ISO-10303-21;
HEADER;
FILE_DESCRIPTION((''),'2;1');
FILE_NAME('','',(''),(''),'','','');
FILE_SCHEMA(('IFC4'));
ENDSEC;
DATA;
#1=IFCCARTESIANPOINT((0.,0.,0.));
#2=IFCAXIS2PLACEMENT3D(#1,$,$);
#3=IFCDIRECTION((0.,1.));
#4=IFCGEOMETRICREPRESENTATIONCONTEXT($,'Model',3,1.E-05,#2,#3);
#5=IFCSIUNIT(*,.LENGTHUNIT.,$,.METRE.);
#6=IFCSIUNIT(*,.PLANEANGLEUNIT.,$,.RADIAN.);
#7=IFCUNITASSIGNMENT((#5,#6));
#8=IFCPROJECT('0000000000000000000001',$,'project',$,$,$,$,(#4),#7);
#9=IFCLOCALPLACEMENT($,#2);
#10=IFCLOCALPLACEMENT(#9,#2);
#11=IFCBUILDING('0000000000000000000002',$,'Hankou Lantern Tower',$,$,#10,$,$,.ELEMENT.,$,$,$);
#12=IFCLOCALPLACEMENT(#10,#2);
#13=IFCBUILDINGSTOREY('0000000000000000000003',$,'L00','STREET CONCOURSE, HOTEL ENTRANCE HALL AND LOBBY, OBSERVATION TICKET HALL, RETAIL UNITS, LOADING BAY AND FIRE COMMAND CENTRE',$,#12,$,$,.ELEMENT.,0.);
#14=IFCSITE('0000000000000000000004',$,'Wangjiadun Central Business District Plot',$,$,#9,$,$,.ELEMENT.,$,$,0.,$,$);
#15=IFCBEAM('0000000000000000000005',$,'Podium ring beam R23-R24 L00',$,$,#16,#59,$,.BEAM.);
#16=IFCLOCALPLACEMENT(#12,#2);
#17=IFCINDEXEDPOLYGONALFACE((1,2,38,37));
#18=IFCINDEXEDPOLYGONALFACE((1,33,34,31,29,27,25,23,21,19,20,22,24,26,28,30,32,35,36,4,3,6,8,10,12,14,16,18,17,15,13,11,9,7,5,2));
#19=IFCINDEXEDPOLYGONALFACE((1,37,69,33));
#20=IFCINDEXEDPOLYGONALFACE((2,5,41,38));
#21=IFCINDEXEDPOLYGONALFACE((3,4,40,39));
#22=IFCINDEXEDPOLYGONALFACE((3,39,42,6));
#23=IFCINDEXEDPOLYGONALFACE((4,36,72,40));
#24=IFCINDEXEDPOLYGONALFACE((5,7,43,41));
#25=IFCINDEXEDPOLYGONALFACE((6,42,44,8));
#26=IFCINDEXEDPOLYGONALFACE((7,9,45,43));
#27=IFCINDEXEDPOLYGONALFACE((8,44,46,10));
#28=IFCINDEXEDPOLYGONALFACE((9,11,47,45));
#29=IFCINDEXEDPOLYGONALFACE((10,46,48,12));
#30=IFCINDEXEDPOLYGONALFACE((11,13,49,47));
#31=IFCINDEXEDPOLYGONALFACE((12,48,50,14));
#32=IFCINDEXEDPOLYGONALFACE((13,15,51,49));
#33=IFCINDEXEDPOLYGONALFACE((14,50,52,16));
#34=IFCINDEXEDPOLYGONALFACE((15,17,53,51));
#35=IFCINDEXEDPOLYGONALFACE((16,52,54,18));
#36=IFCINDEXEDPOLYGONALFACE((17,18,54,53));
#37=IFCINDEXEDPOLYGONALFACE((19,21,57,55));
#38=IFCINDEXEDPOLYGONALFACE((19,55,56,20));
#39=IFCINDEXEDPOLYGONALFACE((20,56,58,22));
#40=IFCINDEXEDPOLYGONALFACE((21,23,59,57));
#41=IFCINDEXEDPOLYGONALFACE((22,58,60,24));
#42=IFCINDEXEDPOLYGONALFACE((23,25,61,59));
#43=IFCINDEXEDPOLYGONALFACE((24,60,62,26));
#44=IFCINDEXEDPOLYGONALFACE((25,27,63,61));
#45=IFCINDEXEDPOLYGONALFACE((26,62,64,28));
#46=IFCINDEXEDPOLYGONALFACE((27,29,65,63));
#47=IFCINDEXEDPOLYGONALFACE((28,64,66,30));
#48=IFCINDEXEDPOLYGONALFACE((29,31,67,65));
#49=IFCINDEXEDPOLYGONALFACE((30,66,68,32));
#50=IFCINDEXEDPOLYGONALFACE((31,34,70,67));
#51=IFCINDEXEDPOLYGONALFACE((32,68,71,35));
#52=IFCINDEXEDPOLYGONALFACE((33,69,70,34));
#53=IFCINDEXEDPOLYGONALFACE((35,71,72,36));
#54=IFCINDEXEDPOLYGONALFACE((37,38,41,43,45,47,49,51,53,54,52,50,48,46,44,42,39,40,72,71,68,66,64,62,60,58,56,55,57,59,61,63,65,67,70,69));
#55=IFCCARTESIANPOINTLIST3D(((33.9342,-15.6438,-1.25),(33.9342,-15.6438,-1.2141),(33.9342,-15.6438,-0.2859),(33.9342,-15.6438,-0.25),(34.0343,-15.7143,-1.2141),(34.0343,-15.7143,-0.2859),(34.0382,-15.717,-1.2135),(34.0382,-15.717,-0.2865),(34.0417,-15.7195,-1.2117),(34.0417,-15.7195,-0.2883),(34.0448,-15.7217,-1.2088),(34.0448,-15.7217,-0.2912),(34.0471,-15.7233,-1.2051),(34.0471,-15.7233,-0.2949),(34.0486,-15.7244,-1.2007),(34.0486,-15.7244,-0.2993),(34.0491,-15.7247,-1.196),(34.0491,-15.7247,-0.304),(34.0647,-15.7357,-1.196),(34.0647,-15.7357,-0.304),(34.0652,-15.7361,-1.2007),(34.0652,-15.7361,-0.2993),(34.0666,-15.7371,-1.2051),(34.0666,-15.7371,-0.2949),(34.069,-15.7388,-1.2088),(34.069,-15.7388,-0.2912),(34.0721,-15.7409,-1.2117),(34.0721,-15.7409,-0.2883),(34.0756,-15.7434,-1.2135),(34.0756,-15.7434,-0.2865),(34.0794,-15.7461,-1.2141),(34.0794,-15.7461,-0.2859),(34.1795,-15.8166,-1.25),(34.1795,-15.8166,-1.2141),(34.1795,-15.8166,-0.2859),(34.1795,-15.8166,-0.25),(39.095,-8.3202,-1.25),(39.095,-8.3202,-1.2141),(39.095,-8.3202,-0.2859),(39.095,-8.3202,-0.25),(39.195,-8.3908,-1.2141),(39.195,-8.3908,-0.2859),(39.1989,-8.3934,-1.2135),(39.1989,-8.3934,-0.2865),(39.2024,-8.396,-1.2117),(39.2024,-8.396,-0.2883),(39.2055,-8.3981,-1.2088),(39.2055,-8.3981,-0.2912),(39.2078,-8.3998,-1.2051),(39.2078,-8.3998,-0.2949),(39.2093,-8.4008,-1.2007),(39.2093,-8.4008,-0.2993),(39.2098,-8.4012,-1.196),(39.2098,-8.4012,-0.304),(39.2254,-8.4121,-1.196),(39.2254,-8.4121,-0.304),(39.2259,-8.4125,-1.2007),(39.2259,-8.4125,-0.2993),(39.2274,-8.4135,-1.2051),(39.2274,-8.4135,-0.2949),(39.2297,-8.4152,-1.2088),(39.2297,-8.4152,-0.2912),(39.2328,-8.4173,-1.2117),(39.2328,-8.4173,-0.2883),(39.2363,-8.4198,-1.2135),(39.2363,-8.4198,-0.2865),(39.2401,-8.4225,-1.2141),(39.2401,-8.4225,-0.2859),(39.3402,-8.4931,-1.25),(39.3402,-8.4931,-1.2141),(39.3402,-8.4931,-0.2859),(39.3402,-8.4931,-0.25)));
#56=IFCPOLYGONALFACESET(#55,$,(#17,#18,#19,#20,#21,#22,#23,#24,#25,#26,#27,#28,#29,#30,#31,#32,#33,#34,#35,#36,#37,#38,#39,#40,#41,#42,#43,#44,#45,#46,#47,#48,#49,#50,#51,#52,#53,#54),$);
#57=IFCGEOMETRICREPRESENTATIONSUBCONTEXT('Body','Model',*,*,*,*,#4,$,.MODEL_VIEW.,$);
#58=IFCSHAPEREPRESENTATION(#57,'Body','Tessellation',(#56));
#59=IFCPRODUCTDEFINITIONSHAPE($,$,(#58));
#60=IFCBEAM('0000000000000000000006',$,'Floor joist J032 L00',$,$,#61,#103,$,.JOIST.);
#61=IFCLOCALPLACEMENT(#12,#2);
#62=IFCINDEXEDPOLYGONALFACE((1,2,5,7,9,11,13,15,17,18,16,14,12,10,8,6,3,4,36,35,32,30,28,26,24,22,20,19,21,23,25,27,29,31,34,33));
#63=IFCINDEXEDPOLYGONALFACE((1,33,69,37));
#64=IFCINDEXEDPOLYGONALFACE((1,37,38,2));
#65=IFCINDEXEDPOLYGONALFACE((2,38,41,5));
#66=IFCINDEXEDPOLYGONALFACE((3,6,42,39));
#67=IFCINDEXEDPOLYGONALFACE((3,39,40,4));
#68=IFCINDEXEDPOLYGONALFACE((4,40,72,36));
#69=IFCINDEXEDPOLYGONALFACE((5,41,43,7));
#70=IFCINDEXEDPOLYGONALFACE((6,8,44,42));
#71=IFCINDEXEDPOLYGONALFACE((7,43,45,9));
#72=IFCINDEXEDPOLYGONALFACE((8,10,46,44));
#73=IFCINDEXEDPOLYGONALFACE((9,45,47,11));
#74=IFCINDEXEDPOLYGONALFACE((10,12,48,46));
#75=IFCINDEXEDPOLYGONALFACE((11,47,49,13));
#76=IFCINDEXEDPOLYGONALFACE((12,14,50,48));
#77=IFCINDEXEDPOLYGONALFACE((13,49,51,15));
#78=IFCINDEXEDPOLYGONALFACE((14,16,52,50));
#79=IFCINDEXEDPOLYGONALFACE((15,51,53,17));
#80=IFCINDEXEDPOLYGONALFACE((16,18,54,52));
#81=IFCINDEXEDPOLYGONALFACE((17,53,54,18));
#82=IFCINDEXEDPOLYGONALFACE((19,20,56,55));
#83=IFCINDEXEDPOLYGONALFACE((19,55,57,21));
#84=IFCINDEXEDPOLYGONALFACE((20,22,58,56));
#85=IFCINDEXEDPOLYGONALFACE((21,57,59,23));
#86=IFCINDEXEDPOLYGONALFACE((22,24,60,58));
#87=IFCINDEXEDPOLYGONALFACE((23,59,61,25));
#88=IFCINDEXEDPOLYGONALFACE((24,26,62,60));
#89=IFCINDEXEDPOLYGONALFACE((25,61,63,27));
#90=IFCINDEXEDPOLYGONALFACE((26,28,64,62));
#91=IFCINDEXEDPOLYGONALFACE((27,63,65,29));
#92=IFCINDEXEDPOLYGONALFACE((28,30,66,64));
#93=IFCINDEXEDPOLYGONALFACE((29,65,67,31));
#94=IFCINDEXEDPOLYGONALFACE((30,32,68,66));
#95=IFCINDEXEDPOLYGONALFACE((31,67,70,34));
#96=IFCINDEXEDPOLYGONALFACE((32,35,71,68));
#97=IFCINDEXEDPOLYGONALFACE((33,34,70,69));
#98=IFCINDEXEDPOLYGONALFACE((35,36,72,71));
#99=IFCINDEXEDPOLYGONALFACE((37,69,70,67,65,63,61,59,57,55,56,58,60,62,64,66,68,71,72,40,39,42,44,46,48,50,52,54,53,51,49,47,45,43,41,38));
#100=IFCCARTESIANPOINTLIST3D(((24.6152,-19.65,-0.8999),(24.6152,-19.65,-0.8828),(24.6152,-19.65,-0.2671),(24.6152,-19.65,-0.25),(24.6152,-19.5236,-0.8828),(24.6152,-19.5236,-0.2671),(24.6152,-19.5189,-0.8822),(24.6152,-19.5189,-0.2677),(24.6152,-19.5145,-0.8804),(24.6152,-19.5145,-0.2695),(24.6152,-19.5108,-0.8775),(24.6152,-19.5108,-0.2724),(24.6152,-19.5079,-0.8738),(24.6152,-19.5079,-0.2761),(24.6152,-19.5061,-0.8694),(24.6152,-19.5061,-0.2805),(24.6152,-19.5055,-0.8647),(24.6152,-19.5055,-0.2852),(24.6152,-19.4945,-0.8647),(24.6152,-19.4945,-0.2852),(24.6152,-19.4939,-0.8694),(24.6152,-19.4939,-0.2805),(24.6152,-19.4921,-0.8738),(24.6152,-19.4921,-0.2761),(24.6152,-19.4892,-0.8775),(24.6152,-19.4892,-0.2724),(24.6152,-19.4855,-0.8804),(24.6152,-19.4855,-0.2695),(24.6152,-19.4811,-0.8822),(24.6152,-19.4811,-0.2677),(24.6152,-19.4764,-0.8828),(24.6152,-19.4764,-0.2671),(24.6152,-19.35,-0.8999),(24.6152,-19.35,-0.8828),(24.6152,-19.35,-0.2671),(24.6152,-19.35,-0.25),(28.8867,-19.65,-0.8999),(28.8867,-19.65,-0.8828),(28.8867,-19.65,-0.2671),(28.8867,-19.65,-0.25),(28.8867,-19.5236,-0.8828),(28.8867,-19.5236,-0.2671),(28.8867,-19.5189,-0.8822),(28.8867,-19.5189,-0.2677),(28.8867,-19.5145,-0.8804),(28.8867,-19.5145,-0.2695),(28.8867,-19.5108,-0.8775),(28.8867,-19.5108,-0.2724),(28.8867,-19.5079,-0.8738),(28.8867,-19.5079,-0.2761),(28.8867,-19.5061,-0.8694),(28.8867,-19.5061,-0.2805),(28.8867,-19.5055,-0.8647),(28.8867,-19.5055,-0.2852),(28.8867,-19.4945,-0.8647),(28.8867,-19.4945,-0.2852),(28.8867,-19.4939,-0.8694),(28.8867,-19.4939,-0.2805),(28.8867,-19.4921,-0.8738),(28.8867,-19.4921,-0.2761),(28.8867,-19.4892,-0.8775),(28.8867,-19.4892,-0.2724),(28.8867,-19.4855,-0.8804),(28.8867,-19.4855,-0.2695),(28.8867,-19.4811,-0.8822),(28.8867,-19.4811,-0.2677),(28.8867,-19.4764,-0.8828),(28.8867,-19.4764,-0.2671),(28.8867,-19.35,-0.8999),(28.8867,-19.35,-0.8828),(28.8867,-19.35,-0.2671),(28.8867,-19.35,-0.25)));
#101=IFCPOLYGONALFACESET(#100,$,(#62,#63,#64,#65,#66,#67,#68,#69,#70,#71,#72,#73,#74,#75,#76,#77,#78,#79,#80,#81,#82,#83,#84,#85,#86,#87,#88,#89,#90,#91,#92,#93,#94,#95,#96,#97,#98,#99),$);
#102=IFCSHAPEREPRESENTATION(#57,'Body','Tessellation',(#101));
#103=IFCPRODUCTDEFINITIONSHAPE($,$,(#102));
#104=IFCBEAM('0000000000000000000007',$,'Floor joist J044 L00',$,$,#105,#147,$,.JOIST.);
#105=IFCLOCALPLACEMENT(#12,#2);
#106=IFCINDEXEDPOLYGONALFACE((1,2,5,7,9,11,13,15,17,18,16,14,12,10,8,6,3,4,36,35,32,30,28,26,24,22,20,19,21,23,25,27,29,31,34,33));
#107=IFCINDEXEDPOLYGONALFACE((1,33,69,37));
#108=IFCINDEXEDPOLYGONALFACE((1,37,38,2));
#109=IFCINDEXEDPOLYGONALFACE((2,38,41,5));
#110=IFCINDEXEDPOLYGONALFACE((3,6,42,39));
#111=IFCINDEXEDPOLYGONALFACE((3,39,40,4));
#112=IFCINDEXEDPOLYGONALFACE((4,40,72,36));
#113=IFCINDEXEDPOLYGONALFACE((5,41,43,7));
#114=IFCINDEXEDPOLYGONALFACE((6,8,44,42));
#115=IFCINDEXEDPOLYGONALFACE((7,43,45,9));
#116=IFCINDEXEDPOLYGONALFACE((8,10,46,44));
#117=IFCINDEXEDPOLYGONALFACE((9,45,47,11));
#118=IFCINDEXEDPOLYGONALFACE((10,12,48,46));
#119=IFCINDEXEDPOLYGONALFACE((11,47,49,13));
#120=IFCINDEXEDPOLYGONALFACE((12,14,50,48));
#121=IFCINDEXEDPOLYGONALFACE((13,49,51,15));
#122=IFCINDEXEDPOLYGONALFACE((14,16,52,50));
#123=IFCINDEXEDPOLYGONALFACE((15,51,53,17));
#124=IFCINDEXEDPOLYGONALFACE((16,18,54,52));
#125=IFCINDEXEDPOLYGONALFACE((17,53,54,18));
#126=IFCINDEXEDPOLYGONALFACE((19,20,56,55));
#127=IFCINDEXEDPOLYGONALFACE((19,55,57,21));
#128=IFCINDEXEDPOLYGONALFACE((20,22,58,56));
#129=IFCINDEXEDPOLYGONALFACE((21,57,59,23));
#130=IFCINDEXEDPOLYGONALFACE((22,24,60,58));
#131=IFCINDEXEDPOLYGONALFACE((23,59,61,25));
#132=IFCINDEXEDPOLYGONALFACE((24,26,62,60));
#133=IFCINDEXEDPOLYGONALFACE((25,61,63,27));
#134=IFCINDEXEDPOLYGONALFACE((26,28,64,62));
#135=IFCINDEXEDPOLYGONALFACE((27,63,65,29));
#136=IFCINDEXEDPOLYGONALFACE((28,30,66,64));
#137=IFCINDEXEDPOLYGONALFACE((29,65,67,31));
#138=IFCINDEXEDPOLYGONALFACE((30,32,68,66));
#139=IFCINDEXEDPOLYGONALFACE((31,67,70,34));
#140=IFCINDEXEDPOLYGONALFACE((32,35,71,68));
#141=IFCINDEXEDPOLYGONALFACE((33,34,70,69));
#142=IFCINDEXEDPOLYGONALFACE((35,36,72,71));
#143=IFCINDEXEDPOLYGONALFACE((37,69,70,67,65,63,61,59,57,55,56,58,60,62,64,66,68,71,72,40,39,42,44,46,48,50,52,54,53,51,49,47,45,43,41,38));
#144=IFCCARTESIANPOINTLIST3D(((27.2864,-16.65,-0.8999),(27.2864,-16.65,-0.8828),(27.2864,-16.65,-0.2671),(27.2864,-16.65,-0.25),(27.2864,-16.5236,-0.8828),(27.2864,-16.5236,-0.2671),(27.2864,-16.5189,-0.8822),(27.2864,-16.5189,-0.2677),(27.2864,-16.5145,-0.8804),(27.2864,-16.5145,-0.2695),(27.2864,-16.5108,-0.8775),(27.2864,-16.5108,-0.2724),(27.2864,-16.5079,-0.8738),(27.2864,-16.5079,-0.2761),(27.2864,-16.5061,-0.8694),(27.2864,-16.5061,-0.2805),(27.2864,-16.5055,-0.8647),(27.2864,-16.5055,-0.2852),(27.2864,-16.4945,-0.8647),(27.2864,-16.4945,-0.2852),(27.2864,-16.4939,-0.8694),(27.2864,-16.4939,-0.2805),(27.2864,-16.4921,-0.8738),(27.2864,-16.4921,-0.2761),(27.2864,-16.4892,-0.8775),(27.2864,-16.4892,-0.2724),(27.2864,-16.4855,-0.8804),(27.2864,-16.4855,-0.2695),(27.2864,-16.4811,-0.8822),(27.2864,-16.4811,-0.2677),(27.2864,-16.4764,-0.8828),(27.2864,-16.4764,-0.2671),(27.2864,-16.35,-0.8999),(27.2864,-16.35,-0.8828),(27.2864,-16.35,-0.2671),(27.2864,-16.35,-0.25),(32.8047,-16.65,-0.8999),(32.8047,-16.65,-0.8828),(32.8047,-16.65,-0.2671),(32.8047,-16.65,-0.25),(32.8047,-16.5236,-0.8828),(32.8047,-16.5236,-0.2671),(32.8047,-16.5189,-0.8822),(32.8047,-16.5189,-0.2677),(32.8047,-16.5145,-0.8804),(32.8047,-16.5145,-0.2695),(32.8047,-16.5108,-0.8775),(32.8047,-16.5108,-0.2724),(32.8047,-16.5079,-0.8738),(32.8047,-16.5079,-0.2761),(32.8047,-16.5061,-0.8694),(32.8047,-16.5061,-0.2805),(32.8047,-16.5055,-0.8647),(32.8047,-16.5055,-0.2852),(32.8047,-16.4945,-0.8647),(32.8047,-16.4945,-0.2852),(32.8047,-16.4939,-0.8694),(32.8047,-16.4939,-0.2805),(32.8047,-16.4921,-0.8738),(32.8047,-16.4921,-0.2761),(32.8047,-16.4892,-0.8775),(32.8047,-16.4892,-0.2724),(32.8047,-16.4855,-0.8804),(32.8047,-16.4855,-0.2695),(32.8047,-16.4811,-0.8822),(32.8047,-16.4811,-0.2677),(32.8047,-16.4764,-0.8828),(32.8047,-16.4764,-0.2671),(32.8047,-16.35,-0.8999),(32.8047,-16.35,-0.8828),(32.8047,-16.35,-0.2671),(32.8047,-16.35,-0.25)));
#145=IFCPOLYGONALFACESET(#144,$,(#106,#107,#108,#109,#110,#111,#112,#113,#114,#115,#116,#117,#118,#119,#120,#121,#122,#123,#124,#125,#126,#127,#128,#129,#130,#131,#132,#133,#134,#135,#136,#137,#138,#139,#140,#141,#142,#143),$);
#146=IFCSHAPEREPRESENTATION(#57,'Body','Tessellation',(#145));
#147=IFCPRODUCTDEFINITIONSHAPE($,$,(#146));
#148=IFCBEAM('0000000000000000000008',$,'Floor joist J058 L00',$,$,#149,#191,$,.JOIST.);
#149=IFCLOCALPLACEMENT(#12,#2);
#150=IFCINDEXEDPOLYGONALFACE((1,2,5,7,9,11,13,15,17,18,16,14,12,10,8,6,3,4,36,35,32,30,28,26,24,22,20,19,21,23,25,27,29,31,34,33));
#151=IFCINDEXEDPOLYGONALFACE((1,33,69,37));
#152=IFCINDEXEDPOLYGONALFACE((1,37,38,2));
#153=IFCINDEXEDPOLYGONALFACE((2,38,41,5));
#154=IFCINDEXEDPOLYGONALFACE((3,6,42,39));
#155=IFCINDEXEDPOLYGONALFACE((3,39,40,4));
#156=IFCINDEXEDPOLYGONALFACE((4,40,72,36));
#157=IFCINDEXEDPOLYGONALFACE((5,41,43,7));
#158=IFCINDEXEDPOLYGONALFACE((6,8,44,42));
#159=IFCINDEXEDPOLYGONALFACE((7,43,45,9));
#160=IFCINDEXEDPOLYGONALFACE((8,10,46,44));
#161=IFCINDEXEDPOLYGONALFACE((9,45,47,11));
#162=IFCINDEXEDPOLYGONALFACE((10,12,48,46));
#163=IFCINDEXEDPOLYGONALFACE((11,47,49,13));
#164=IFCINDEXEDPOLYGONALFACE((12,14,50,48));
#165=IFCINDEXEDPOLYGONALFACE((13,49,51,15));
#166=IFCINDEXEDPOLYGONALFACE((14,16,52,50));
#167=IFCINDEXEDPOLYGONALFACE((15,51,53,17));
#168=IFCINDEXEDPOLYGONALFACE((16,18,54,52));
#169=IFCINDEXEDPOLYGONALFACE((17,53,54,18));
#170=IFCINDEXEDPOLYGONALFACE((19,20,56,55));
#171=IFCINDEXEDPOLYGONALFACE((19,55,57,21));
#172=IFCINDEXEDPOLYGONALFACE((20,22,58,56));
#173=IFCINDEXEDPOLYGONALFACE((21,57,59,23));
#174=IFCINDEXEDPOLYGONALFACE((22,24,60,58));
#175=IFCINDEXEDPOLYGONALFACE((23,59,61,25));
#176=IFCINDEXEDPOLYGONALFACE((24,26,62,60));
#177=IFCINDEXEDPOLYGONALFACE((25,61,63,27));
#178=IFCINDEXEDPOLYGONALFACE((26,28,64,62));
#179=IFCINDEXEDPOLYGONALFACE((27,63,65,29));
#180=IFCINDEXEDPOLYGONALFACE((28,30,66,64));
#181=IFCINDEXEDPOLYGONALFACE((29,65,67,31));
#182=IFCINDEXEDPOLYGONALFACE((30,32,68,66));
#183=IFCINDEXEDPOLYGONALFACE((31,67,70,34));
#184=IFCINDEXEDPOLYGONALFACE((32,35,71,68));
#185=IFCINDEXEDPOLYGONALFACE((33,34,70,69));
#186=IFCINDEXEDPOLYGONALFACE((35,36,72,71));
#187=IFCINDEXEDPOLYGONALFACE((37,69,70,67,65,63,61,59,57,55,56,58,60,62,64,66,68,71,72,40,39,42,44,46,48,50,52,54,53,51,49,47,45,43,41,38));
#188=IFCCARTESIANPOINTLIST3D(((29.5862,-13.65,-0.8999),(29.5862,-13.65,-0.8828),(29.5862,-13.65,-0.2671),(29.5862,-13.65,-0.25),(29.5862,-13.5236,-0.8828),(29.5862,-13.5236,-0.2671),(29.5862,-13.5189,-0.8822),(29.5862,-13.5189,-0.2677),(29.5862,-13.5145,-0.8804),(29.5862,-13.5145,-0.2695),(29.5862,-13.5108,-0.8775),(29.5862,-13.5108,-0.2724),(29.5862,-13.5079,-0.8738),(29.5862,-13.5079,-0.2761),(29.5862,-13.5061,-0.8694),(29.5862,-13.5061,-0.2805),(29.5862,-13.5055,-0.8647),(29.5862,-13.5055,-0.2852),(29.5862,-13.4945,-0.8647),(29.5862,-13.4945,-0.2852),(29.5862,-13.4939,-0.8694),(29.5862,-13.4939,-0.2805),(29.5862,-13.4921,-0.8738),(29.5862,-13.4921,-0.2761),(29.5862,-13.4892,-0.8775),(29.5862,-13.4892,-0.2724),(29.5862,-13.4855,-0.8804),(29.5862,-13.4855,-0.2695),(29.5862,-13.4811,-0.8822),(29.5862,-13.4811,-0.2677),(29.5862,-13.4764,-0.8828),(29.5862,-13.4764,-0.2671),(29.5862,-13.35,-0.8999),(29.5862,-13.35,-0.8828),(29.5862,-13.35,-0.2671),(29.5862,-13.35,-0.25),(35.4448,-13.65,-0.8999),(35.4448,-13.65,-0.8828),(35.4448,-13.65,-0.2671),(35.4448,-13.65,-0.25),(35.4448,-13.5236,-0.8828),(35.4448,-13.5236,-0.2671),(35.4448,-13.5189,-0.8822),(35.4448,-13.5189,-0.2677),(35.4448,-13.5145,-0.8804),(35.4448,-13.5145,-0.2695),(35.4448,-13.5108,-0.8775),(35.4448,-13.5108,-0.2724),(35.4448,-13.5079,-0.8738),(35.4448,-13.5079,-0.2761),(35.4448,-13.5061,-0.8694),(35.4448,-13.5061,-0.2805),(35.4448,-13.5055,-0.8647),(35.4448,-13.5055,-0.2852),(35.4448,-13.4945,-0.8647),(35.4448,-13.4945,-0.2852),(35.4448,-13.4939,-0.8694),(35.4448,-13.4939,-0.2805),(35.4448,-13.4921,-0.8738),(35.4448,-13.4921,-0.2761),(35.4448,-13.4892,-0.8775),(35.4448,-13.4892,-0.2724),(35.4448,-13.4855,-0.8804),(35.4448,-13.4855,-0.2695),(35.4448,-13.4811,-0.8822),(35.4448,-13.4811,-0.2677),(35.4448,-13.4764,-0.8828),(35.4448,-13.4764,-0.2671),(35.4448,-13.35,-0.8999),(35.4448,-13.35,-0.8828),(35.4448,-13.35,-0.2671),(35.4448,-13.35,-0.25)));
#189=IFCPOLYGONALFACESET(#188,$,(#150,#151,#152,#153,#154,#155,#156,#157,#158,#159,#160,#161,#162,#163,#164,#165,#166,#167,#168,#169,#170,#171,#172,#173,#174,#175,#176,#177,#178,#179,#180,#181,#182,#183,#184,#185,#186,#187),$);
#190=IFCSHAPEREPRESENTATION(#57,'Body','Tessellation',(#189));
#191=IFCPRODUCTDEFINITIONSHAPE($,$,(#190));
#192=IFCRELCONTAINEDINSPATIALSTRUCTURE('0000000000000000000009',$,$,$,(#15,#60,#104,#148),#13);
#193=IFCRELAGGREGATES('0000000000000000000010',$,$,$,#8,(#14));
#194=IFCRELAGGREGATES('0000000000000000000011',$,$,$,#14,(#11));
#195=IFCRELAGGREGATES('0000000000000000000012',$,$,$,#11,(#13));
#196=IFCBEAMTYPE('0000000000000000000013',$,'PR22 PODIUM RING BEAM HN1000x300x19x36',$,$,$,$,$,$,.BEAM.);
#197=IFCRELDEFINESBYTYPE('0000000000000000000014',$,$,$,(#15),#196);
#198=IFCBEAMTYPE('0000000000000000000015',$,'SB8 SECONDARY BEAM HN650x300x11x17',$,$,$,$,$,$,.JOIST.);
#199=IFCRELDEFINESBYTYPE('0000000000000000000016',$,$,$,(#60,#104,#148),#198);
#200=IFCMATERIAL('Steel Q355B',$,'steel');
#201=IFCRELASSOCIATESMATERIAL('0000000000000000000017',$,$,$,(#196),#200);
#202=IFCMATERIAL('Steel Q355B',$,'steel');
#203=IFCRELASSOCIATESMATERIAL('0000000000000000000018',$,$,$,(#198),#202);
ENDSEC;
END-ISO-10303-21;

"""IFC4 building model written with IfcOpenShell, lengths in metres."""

from ifc_helpers import new_model, si_unit, direction, frame, origin, origin_2d, place, context, subcontext, project, spatial, i_section, extrude, material, material_profile, profile_set, type_object, element, save


model = new_model("IFC4")

# Units and contexts
model_context = context("Model", 3, precision=1e-05, world=origin(), true_north=direction((0.0, 1.0)))
body_context = subcontext(model_context, "Body", "Model", "MODEL_VIEW")
ifc_project = project(units=[si_unit("LENGTHUNIT", "METRE"), si_unit("PLANEANGLEUNIT", "RADIAN")], contexts=[model_context])

# Site, building, storey
site_placement = place(None, origin())
site = spatial("IfcSite", under=ifc_project, at=site_placement, Name="Wangjiadun Central Business District Plot", CompositionType="ELEMENT", RefElevation=0.0)
building_placement = place(site_placement, origin())
building = spatial("IfcBuilding", under=site, at=building_placement, Name="Hankou Lantern Tower", CompositionType="ELEMENT")
storey_placement = place(building_placement, origin())
storey = spatial("IfcBuildingStorey", under=building, at=storey_placement, Name="L00", Description="STREET CONCOURSE, HOTEL ENTRANCE HALL AND LOBBY, OBSERVATION TICKET HALL, RETAIL UNITS, LOADING BAY AND FIRE COMMAND CENTRE", CompositionType="ELEMENT", Elevation=0.0)

# Beams
ifc_material_1 = material(Name="Steel Q355B", Category="steel")
ifc_material_profile_1 = material_profile(ifc_material_1, i_section(OverallWidth=0.3, OverallDepth=1.0, WebThickness=0.019, FlangeThickness=0.0359, FilletRadius=0.0181, at=origin_2d()), Name="HN1000x300x19x36")
ifc_profile_set_1 = profile_set([ifc_material_profile_1], Name="Steel Q355B")
beam_type_1 = type_object("IfcBeamType", Name="PR22 PODIUM RING BEAM HN1000x300x19x36", PredefinedType="BEAM", material=ifc_profile_set_1)
beam_1_placement = place(storey_placement, frame((34.0569, -15.7302, -0.75), z_axis=(0.576022, 0.817434, 0.0), x_axis=(-0.817434, 0.576022, 0.0)))
element("IfcBeam", 1, at=beam_1_placement, inside=storey, type_object=beam_type_1, Name="Podium ring beam R23-R24 L00", PredefinedType="BEAM", context=body_context, shape_type="SweptSolid", body=[
    extrude(i_section(OverallWidth=0.3, OverallDepth=1.0, WebThickness=0.019, FlangeThickness=0.0359, FilletRadius=0.0181, at=origin_2d()), origin(), (0.0, 0.0, 1.0), 8.9592),
])
ifc_material_2 = material(Name="Steel Q355B", Category="steel")
ifc_material_profile_2 = material_profile(ifc_material_2, i_section(OverallWidth=0.3, OverallDepth=0.6499, WebThickness=0.011, FlangeThickness=0.0171, FilletRadius=0.0181, at=origin_2d()), Name="HN650x300x11x17")
ifc_profile_set_2 = profile_set([ifc_material_profile_2], Name="Steel Q355B")
beam_type_2 = type_object("IfcBeamType", Name="SB8 SECONDARY BEAM HN650x300x11x17", PredefinedType="JOIST", material=ifc_profile_set_2)
beam_2_placement = place(storey_placement, frame((24.6152, -19.5, -0.575), z_axis=(1.0, 0.0, 0.0), x_axis=(0.0, 1.0, 0.0)))
element("IfcBeam", 2, at=beam_2_placement, inside=storey, type_object=beam_type_2, Name="Floor joist J032 L00", PredefinedType="JOIST", context=body_context, shape_type="SweptSolid", body=[
    extrude(i_section(OverallWidth=0.3, OverallDepth=0.6499, WebThickness=0.011, FlangeThickness=0.0171, FilletRadius=0.0181, at=origin_2d()), origin(), (0.0, 0.0, 1.0), 4.2715),
])
beam_3_placement = place(storey_placement, frame((27.2864, -16.5, -0.575), z_axis=(1.0, 0.0, 0.0), x_axis=(0.0, 1.0, 0.0)))
element("IfcBeam", 3, at=beam_3_placement, inside=storey, type_object=beam_type_2, Name="Floor joist J044 L00", PredefinedType="JOIST", context=body_context, shape_type="SweptSolid", body=[
    extrude(i_section(OverallWidth=0.3, OverallDepth=0.6499, WebThickness=0.011, FlangeThickness=0.0171, FilletRadius=0.0181, at=origin_2d()), origin(), (0.0, 0.0, 1.0), 5.5183),
])
beam_4_placement = place(storey_placement, frame((29.5862, -13.5, -0.575), z_axis=(1.0, 0.0, 0.0), x_axis=(0.0, 1.0, 0.0)))
element("IfcBeam", 4, at=beam_4_placement, inside=storey, type_object=beam_type_2, Name="Floor joist J058 L00", PredefinedType="JOIST", context=body_context, shape_type="SweptSolid", body=[
    extrude(i_section(OverallWidth=0.3, OverallDepth=0.6499, WebThickness=0.011, FlangeThickness=0.0171, FilletRadius=0.0181, at=origin_2d()), origin(), (0.0, 0.0, 1.0), 5.8586),
])

save(model, "model.ifc")
